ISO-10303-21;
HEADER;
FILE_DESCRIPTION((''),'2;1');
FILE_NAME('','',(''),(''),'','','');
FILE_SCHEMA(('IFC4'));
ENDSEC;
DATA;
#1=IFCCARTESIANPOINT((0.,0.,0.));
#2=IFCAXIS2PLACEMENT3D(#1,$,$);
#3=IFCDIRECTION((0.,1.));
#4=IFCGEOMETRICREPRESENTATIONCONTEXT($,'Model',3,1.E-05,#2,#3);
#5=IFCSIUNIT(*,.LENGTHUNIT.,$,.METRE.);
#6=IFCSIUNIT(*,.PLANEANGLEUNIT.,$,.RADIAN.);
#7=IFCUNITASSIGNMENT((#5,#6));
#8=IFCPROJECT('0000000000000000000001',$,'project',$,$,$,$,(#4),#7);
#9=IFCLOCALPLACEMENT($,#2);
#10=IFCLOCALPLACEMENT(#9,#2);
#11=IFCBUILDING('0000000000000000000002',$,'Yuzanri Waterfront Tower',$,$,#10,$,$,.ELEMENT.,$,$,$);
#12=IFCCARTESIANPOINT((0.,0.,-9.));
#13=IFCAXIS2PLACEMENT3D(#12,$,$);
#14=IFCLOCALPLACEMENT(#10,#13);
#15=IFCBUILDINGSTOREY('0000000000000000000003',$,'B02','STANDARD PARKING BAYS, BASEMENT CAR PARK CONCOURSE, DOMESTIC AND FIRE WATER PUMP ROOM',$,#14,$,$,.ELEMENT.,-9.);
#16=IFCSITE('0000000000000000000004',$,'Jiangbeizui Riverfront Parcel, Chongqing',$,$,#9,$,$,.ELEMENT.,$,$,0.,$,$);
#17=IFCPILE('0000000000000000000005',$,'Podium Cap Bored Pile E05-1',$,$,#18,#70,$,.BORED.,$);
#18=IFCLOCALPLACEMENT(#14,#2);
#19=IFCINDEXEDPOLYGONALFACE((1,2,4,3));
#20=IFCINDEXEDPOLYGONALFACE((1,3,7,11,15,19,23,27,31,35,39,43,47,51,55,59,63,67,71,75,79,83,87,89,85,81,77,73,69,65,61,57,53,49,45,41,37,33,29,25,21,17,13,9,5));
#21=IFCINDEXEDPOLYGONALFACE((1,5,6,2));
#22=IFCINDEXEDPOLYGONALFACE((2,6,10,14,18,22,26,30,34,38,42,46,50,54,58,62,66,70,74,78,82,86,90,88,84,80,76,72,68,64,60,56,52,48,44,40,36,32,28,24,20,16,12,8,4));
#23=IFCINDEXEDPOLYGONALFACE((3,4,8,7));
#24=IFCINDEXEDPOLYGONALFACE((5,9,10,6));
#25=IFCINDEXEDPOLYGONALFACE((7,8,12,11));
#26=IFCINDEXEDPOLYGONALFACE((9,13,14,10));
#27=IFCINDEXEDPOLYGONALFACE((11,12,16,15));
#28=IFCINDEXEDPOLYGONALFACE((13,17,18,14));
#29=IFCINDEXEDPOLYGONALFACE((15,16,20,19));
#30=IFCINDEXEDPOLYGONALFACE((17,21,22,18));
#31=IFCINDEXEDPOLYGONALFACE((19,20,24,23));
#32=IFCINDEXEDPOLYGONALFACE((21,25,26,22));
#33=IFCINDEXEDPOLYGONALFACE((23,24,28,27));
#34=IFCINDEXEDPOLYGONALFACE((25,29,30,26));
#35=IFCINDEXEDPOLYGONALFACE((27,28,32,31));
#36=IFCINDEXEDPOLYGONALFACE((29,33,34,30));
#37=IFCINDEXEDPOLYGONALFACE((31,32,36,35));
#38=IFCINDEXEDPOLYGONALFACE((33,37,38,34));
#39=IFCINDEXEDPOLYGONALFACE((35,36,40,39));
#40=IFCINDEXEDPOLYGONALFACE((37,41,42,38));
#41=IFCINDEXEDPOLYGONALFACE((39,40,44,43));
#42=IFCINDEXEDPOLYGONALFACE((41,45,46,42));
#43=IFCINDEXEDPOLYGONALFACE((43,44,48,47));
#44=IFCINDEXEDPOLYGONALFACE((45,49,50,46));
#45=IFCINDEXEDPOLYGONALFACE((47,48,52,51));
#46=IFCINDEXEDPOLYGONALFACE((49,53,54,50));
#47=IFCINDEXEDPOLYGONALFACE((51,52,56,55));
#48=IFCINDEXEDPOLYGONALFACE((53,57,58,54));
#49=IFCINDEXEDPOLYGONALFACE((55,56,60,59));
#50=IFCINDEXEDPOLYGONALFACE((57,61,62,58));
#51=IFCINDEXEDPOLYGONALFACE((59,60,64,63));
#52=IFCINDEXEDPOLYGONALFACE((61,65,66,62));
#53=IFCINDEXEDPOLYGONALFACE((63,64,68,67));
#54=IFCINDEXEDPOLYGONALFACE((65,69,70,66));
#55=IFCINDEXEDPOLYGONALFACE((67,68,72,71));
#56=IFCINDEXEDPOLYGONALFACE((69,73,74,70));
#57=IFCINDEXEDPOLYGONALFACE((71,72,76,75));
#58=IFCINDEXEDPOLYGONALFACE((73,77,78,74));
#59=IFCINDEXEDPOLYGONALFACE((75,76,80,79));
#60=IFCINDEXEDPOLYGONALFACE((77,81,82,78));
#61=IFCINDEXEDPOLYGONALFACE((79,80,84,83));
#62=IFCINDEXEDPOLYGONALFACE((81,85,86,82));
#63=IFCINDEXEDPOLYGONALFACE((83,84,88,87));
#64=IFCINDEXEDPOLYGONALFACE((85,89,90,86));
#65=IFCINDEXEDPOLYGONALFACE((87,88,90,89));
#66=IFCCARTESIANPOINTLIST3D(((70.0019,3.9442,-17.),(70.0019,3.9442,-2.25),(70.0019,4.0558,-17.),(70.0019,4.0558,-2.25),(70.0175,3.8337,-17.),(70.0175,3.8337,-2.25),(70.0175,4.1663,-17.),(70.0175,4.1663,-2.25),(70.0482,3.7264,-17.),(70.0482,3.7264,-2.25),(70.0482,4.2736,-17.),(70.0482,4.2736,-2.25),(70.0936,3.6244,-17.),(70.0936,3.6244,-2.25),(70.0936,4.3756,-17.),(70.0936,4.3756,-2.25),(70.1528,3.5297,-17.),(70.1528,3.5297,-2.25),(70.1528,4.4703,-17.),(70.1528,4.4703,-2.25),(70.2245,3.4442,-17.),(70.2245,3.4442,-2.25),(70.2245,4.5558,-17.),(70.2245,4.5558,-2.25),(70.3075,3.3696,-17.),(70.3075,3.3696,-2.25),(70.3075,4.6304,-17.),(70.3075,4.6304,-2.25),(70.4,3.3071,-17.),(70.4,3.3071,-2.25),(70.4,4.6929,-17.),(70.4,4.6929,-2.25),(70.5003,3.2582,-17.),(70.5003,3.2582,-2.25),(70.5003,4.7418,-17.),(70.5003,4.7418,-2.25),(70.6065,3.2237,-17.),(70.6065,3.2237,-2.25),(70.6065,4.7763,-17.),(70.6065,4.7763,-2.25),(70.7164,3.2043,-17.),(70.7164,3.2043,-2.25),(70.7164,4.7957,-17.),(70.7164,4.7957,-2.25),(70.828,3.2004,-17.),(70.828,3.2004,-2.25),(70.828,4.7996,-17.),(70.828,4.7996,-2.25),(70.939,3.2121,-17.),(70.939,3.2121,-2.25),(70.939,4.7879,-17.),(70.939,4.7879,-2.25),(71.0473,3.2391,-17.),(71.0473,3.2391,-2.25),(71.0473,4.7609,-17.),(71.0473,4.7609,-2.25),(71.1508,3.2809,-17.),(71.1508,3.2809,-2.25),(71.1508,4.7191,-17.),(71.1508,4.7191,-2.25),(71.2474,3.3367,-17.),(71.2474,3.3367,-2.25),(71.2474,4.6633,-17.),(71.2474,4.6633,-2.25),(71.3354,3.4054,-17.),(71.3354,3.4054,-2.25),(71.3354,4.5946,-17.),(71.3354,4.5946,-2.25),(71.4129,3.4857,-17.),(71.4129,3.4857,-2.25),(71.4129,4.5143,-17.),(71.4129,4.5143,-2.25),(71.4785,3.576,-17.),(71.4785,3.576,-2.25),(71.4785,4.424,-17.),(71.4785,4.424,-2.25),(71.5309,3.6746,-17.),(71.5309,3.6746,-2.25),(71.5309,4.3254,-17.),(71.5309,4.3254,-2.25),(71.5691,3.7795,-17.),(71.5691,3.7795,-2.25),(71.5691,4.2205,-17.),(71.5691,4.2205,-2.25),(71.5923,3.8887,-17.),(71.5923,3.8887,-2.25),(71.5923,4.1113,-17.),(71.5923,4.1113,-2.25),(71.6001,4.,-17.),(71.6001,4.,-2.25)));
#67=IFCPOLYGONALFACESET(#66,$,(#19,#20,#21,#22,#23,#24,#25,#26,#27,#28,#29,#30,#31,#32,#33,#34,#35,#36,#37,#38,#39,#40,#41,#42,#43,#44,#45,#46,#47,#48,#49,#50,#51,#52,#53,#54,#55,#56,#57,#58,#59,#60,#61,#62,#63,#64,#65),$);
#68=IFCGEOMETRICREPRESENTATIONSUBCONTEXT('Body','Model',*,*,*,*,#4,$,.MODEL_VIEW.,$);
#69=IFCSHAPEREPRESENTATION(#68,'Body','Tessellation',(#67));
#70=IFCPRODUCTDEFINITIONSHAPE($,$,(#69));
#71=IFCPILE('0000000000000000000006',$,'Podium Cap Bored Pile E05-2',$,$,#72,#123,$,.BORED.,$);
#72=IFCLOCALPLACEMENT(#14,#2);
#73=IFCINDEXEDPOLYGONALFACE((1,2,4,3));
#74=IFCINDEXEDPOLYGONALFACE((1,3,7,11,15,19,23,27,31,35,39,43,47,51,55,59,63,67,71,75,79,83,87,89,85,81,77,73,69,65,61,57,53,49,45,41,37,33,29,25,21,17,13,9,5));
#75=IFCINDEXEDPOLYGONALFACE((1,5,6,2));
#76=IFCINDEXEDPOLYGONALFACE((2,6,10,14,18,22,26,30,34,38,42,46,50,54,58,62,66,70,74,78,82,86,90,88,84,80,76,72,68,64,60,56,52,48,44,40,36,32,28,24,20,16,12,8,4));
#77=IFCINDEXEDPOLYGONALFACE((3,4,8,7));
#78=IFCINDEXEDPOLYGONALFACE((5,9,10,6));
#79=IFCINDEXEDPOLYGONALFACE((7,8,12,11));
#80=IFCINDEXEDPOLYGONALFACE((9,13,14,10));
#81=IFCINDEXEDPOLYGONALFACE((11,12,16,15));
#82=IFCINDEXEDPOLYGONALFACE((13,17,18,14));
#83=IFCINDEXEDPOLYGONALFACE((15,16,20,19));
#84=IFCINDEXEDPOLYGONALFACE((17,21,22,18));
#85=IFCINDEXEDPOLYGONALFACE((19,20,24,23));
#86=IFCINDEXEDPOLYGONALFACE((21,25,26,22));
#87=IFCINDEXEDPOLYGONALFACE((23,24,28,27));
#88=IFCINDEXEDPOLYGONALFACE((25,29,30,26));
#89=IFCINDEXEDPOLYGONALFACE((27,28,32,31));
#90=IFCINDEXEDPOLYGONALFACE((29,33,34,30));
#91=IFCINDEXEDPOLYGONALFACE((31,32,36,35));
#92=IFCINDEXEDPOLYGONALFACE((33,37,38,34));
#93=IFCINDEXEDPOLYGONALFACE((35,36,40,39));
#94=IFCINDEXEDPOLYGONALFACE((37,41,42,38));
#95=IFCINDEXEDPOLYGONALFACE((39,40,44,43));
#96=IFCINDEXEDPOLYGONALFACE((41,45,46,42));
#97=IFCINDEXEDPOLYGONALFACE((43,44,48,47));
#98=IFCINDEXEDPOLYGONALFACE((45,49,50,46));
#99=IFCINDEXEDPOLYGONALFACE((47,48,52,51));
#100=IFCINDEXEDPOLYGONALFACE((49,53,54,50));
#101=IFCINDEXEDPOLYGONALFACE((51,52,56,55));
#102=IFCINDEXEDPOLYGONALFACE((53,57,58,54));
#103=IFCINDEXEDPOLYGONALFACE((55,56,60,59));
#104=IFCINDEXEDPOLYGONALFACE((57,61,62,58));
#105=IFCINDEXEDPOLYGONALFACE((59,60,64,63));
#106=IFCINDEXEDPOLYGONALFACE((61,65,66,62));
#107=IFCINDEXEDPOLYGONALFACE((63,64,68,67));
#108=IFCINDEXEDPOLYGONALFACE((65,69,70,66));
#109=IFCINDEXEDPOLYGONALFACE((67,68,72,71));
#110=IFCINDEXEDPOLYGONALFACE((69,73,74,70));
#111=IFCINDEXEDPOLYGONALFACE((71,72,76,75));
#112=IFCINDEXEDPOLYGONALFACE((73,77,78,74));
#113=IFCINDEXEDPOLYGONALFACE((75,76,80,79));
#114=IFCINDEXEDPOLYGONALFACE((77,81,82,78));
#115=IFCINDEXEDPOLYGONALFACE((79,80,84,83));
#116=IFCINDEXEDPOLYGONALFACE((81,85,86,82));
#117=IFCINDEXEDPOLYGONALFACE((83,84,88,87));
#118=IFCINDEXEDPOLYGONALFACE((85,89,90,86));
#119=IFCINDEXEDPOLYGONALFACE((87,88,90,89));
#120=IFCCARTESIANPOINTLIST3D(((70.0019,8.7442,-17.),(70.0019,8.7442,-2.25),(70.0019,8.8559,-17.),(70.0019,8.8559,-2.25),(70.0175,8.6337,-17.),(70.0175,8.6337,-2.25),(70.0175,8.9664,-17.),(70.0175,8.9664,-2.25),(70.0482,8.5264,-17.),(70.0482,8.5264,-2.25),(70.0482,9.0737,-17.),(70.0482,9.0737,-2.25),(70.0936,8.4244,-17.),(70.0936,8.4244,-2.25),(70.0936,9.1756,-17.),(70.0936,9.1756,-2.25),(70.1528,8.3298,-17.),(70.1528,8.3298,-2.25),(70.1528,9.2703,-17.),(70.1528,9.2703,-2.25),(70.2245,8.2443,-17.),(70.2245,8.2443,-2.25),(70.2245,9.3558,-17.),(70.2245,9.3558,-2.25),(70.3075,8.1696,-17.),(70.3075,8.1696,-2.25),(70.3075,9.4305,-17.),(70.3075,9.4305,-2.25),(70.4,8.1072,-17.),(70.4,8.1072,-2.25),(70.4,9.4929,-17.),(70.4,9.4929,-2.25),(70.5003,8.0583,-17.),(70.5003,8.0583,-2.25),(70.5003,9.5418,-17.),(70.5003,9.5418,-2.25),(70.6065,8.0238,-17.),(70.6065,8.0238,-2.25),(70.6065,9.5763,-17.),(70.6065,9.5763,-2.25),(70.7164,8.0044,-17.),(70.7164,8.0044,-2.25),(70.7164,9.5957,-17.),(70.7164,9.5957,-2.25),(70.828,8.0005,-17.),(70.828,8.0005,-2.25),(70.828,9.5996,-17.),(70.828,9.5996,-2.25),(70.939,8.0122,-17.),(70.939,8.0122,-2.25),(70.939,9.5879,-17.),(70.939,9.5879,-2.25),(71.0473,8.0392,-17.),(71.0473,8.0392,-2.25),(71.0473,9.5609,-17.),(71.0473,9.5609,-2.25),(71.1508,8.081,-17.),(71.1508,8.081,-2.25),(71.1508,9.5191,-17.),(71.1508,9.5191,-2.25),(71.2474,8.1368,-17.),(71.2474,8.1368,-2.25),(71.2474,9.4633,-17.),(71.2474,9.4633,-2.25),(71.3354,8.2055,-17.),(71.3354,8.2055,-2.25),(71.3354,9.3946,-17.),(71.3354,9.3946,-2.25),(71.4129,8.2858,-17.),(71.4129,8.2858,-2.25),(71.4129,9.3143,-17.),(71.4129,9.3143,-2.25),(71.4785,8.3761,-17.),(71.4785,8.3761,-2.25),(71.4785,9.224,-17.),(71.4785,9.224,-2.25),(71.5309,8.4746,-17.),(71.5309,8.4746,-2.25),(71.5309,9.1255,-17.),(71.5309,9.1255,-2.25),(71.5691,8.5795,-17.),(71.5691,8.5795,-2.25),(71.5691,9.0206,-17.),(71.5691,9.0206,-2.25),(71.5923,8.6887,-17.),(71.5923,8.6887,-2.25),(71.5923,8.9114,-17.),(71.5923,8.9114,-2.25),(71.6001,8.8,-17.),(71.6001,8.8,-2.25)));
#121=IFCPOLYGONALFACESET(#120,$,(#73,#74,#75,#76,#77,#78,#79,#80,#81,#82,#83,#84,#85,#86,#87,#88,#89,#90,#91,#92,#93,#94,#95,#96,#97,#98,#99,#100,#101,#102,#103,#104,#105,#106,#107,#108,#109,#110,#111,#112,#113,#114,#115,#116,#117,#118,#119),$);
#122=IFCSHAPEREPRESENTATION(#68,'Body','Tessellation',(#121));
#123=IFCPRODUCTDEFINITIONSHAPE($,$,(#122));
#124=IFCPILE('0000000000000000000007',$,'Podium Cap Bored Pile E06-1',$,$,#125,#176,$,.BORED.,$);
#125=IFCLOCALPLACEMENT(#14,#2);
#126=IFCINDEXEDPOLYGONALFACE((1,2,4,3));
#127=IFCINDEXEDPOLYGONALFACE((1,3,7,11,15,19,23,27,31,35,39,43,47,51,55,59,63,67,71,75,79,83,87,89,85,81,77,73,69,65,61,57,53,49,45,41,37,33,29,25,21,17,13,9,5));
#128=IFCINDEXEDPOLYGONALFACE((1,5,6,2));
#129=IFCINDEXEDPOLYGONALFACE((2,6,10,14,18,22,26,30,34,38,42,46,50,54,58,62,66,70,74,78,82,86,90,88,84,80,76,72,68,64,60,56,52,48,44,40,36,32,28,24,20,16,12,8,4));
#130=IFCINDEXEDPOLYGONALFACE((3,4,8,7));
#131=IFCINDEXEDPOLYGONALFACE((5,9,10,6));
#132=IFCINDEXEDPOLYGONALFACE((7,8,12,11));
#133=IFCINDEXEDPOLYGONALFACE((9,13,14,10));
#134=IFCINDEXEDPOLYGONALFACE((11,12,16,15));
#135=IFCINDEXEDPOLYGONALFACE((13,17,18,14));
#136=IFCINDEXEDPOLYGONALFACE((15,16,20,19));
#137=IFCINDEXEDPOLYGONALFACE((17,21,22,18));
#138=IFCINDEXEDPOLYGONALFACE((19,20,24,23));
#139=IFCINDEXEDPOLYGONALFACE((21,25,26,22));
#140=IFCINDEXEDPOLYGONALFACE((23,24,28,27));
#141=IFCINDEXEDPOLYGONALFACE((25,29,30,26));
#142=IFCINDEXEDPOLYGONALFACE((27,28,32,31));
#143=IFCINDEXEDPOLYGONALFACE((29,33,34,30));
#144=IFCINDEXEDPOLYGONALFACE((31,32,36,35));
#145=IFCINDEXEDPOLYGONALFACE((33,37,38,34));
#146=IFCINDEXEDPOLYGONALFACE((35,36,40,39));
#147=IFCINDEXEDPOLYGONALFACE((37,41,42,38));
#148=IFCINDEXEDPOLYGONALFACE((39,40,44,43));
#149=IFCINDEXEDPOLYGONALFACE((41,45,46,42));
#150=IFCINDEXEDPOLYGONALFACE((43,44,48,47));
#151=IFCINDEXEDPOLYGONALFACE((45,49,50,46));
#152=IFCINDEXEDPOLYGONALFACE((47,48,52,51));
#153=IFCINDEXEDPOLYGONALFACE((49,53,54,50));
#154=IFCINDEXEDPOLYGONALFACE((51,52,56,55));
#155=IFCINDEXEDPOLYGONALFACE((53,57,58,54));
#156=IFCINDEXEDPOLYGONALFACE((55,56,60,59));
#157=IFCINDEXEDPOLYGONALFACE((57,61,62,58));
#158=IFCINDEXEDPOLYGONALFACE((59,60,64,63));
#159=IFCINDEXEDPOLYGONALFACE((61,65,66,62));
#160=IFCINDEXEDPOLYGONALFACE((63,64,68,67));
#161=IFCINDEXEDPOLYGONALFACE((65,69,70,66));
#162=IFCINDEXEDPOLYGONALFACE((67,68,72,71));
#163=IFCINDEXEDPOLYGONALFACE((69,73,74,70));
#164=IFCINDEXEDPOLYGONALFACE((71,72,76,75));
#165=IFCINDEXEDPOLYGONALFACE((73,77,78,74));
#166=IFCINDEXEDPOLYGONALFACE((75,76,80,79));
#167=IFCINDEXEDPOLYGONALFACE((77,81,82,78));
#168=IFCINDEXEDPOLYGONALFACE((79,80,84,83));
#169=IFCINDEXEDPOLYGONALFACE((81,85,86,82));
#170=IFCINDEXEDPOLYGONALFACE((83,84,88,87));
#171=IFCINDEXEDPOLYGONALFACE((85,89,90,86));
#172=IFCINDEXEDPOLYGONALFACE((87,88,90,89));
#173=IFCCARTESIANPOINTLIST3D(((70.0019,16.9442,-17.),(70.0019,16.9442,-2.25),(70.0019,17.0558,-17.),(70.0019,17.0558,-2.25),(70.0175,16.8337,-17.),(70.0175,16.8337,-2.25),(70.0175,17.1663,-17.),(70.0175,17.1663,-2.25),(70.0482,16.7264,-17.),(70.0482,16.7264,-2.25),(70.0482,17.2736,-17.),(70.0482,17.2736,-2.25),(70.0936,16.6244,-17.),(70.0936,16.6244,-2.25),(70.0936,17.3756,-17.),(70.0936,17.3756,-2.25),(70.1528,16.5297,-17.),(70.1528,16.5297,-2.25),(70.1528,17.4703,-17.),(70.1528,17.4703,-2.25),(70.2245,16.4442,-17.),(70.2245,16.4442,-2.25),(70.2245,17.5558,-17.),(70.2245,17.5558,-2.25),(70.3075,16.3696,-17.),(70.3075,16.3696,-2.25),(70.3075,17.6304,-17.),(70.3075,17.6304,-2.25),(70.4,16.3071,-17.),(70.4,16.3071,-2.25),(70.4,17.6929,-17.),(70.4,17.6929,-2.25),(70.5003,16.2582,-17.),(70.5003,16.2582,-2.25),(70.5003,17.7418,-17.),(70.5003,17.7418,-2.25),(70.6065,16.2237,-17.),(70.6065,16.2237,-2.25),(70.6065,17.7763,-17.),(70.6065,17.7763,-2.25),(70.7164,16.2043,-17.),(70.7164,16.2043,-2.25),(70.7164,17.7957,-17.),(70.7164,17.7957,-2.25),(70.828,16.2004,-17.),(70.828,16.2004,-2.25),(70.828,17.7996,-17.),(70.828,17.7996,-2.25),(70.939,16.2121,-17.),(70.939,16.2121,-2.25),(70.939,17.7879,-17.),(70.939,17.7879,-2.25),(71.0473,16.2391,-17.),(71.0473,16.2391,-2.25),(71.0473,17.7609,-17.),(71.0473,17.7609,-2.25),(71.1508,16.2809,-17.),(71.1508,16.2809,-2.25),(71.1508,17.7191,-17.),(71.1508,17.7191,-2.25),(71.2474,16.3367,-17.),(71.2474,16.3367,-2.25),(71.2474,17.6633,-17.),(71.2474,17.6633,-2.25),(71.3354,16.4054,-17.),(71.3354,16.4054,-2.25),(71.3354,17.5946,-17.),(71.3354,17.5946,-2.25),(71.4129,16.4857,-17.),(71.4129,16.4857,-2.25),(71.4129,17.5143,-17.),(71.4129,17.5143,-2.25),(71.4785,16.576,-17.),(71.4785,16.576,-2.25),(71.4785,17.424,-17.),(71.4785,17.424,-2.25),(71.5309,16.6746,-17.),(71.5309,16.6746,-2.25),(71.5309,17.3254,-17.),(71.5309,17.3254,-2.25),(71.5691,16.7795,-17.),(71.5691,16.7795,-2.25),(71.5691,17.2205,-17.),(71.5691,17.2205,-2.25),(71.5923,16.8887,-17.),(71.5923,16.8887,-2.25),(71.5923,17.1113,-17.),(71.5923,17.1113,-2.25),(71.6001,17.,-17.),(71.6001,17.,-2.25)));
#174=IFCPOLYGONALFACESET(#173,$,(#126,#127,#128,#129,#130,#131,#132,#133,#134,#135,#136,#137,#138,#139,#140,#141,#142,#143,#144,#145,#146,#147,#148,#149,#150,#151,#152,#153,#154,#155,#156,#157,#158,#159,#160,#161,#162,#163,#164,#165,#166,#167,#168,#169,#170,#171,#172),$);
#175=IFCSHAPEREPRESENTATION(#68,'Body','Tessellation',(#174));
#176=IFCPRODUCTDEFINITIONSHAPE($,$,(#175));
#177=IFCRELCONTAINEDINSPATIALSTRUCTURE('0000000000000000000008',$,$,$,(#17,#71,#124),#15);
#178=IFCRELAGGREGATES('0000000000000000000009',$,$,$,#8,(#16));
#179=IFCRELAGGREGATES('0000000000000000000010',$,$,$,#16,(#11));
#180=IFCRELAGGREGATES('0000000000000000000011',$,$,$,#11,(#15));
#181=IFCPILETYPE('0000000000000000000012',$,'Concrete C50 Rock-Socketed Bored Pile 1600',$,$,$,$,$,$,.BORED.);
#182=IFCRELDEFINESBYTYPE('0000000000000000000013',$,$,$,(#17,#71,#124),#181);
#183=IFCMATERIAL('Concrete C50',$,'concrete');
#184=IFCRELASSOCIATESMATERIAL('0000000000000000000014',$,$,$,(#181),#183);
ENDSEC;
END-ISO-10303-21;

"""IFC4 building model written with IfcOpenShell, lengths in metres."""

from ifc_helpers import new_model, si_unit, direction, frame, origin, origin_2d, place, context, subcontext, project, spatial, circle, extrude, source, transform, mapped, material, material_profile, profile_set, type_object, element, save


model = new_model("IFC4")

# Units and contexts
model_context = context("Model", 3, precision=1e-05, world=origin(), true_north=direction((0.0, 1.0)))
body_context = subcontext(model_context, "Body", "Model", "MODEL_VIEW")
ifc_project = project(units=[si_unit("LENGTHUNIT", "METRE"), si_unit("PLANEANGLEUNIT", "RADIAN")], contexts=[model_context])

# Site, building, storey
site_placement = place(None, origin())
site = spatial("IfcSite", under=ifc_project, at=site_placement, Name="Jiangbeizui Riverfront Parcel, Chongqing", CompositionType="ELEMENT", RefElevation=0.0)
building_placement = place(site_placement, origin())
building = spatial("IfcBuilding", under=site, at=building_placement, Name="Yuzanri Waterfront Tower", CompositionType="ELEMENT")
storey_placement = place(building_placement, frame((0.0, 0.0, -9.0)))
storey = spatial("IfcBuildingStorey", under=building, at=storey_placement, Name="B02", Description="STANDARD PARKING BAYS, BASEMENT CAR PARK CONCOURSE, DOMESTIC AND FIRE WATER PUMP ROOM", CompositionType="ELEMENT", Elevation=-9.0)

# Piles
ifc_material_1 = material(Name="Concrete C50", Category="concrete")
ifc_material_profile_1 = material_profile(ifc_material_1, circle(Radius=0.8, at=origin_2d()), Name="PILE D1600")
ifc_profile_set_1 = profile_set([ifc_material_profile_1], Name="Concrete C50")
pile_type_1 = type_object("IfcPileType", Name="Concrete C50 Rock-Socketed Bored Pile 1600", PredefinedType="BORED", material=ifc_profile_set_1)
shared_shape_1 = source(origin(), body_context, "Body", "SweptSolid", [
    extrude(circle(Radius=0.8, at=origin_2d()), origin(), (0.0, 0.0, 1.0), 14.75),
])
for number, where, z_axis, x_axis, name in (
    (1, (70.8, 4.0, -2.25), (0.0, 0.0, -1.0), (1.0, 0.0, 0.0), "Podium Cap Bored Pile E05-1"),
    (2, (70.8, 8.8, -2.25), (0.0, 0.0, -1.0), (1.0, 0.0, 0.0), "Podium Cap Bored Pile E05-2"),
    (3, (70.8, 17.0, -2.25), (0.0, 0.0, -1.0), (1.0, 0.0, 0.0), "Podium Cap Bored Pile E06-1"),
):
    element("IfcPile", number, at=place(storey_placement, frame(where, z_axis=z_axis, x_axis=x_axis)), inside=storey, type_object=pile_type_1, Name=name, PredefinedType="BORED", context=body_context, shape_type="MappedRepresentation", body=[
        mapped(shared_shape_1, transform((0.0, 0.0, 0.0), scale=1.0)),
    ])

save(model, "model.ifc")
